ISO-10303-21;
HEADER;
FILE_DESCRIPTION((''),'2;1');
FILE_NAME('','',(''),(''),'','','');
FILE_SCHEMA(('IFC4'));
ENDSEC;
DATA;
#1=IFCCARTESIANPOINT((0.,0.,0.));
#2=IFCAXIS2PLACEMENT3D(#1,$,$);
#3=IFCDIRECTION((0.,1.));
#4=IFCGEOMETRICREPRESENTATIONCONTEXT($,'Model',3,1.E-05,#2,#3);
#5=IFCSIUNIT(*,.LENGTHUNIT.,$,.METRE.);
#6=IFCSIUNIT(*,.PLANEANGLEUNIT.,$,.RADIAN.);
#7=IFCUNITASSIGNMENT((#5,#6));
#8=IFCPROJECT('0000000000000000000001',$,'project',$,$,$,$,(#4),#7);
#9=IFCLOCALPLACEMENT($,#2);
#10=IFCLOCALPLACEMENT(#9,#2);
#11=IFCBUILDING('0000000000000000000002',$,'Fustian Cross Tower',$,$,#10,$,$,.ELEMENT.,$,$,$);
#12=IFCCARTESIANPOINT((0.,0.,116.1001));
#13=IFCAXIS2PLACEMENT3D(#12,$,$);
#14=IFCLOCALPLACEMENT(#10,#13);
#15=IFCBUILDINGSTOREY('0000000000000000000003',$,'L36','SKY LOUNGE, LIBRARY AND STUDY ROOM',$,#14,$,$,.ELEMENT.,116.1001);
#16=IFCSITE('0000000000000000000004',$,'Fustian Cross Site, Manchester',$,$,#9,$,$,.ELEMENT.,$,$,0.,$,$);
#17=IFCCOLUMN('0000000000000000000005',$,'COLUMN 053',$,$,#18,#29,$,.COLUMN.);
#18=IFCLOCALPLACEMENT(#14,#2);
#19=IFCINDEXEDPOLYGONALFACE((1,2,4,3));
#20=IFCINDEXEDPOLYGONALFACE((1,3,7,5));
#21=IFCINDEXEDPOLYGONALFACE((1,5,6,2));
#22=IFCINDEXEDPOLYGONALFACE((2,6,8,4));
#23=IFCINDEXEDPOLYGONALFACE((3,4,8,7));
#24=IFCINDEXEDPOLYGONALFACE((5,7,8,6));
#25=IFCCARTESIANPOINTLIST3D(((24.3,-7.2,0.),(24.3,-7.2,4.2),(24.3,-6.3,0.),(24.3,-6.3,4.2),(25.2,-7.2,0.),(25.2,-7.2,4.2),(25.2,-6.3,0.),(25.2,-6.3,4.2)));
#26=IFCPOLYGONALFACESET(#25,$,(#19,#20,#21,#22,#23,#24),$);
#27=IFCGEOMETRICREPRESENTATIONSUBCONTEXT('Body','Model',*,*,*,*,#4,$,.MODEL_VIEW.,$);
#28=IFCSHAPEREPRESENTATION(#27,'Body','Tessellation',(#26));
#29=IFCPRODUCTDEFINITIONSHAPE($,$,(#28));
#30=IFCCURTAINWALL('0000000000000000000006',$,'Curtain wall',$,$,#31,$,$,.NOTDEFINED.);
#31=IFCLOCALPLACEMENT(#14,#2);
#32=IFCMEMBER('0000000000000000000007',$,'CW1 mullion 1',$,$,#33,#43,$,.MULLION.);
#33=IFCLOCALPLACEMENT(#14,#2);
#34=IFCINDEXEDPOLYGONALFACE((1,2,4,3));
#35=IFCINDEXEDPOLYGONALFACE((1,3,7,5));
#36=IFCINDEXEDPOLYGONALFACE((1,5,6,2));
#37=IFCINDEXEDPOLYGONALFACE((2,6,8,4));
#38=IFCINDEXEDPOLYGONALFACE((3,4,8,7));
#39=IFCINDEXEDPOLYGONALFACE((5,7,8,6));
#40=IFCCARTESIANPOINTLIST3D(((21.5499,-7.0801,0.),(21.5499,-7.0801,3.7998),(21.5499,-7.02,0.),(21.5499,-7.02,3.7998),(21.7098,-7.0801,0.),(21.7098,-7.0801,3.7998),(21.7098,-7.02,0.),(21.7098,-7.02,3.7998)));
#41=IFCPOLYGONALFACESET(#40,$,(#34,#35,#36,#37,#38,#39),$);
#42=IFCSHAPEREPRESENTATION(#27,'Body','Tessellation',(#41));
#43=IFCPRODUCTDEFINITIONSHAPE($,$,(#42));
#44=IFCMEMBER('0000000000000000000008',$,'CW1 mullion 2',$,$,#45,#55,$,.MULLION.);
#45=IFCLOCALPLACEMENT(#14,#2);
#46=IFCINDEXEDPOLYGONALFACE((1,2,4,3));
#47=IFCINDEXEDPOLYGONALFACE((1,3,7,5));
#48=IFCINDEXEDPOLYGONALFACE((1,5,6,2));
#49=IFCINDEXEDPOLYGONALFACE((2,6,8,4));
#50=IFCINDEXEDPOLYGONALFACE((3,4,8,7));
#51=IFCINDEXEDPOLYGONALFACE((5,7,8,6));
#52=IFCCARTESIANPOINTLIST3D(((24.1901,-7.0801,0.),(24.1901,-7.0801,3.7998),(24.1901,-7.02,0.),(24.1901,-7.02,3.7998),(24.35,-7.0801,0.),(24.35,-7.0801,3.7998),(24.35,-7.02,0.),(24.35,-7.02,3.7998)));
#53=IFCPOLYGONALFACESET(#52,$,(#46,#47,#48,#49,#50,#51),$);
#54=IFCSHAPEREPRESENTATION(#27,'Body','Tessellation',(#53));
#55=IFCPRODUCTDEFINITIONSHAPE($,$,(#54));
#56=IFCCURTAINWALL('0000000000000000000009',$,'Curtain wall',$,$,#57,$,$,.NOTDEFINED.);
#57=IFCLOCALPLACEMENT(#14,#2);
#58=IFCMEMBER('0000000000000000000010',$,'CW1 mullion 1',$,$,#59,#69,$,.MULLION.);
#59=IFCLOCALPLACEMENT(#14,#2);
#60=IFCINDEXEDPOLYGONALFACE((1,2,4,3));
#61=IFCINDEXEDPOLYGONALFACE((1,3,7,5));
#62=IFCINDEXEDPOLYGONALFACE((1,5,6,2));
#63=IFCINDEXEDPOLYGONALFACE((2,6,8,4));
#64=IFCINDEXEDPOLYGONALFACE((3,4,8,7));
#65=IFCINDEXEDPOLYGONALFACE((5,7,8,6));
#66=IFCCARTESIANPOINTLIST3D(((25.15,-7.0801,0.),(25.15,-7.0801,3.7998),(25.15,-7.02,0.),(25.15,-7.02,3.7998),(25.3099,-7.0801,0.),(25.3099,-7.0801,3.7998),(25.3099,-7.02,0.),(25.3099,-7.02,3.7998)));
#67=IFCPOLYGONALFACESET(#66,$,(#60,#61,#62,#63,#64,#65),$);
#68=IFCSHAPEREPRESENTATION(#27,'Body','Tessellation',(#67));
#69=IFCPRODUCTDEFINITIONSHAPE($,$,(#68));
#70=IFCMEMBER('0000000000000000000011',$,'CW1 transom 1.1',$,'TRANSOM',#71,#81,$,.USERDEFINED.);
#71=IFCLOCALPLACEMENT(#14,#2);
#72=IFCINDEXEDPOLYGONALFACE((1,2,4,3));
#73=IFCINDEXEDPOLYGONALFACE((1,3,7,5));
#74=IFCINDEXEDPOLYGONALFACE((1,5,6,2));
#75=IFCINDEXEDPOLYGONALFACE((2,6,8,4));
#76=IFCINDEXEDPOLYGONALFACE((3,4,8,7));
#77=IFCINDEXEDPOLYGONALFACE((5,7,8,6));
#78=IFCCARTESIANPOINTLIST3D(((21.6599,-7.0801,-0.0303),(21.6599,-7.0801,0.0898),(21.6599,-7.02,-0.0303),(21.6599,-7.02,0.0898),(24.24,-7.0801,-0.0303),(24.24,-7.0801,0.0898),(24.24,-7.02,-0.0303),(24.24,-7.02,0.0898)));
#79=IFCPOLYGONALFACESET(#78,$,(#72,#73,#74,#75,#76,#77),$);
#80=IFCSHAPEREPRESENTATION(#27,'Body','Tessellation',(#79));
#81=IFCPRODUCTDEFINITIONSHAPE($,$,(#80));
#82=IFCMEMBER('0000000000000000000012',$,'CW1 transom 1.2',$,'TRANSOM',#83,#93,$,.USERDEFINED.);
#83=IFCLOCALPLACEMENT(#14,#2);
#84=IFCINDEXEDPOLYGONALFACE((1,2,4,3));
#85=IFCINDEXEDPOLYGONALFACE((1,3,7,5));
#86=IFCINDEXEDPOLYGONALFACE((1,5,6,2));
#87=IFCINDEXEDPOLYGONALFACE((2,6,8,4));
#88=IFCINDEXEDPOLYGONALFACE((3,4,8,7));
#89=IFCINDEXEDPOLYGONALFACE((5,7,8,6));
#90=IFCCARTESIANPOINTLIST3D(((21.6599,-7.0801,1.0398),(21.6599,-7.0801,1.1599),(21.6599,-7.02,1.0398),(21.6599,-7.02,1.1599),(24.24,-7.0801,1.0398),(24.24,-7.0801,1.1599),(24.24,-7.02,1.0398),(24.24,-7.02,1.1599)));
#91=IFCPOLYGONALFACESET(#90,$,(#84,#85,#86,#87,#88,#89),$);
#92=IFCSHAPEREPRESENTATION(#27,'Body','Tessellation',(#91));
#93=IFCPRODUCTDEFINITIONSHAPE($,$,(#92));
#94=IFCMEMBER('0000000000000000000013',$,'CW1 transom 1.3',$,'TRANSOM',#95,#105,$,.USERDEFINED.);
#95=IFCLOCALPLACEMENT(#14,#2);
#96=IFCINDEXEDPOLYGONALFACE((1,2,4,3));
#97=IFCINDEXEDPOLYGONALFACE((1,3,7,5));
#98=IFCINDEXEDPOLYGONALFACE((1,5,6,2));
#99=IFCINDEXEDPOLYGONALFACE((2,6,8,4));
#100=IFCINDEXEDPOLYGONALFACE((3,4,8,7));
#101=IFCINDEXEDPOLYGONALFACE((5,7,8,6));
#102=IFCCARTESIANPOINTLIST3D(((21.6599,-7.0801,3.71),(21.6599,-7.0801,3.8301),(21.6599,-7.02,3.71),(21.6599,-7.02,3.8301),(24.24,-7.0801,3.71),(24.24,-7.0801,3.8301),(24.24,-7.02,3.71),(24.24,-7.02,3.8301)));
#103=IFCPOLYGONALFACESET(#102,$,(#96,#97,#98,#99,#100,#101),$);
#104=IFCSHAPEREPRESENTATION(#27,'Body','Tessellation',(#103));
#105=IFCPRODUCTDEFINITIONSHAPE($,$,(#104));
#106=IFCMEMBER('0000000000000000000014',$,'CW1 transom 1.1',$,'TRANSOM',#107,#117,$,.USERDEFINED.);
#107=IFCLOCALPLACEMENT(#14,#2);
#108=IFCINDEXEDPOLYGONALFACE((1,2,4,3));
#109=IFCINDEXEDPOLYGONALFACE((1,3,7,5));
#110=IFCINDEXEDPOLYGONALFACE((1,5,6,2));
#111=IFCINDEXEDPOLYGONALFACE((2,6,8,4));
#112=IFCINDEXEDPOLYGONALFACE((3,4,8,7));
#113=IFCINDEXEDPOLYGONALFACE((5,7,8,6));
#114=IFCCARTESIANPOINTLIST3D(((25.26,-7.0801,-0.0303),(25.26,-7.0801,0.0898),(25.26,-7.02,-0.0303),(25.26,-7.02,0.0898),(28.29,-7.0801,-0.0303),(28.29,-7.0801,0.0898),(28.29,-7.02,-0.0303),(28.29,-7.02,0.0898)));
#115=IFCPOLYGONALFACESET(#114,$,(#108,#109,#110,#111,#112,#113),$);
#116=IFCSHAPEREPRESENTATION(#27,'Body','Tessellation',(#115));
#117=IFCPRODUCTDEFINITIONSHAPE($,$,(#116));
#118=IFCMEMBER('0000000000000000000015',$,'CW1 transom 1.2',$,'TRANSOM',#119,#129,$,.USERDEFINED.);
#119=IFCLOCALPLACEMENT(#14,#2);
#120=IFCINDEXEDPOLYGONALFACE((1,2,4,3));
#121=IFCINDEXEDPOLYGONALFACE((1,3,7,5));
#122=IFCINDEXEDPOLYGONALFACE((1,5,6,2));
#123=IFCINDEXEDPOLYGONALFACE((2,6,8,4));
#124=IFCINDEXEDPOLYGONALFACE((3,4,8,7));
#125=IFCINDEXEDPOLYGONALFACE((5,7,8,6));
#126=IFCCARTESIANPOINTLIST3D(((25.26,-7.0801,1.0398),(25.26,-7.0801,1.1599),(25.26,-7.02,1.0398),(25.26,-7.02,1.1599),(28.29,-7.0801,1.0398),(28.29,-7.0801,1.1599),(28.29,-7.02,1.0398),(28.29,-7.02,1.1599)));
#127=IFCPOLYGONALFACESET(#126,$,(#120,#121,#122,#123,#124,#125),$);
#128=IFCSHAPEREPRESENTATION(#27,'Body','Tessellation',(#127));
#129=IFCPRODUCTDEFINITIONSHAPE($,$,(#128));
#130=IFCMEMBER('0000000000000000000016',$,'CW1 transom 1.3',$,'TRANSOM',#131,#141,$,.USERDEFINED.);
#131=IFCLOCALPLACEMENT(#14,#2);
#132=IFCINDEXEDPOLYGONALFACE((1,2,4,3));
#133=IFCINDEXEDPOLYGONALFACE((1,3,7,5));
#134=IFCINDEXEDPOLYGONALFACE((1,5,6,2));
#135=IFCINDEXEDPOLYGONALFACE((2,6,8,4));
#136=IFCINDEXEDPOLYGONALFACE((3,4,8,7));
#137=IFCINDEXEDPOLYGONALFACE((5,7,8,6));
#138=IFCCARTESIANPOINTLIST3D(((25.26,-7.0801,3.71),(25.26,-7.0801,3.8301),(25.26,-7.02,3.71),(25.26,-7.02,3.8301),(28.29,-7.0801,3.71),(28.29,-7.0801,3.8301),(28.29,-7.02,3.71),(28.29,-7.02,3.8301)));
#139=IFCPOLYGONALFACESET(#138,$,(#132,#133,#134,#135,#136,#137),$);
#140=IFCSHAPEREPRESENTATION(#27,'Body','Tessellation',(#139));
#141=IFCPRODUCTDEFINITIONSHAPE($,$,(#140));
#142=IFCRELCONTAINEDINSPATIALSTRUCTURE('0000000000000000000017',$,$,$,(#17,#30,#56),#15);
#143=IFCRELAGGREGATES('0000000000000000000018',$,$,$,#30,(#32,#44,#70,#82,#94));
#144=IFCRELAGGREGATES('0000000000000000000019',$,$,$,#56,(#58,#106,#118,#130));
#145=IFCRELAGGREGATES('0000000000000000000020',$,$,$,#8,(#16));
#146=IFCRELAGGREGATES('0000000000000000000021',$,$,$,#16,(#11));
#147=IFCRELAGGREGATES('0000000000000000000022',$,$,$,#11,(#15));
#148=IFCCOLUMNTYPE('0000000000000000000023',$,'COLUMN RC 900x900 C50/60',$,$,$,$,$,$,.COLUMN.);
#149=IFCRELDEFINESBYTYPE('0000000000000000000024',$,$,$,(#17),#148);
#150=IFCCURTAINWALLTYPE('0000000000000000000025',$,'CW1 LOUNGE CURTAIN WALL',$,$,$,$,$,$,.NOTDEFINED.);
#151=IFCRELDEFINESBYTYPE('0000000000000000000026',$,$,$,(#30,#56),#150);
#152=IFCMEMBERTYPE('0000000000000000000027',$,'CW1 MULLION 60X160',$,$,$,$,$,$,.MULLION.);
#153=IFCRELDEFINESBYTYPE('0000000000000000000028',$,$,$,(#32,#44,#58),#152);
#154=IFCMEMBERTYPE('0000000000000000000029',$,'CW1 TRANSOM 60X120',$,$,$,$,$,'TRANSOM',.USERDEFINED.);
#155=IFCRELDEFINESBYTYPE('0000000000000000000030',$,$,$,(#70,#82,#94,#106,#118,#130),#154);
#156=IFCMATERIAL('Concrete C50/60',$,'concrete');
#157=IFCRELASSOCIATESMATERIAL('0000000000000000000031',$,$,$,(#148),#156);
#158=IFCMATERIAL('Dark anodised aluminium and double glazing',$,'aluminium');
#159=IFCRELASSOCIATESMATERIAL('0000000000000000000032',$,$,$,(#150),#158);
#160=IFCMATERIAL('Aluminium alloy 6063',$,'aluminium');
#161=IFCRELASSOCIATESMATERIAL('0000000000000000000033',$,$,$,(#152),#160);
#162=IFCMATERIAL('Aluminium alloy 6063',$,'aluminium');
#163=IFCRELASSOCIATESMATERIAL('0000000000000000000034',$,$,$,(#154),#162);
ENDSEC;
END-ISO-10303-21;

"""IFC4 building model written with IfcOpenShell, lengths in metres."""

from ifc_helpers import new_model, si_unit, direction, frame, origin, origin_2d, place, context, subcontext, project, spatial, rectangle, extrude, material, material_profile, profile_set, type_object, element, aggregate, save


model = new_model("IFC4")

# Units and contexts
model_context = context("Model", 3, precision=1e-05, world=origin(), true_north=direction((0.0, 1.0)))
body_context = subcontext(model_context, "Body", "Model", "MODEL_VIEW")
ifc_project = project(units=[si_unit("LENGTHUNIT", "METRE"), si_unit("PLANEANGLEUNIT", "RADIAN")], contexts=[model_context])

# Site, building, storey
site_placement = place(None, origin())
site = spatial("IfcSite", under=ifc_project, at=site_placement, Name="Fustian Cross Site, Manchester", CompositionType="ELEMENT", RefElevation=0.0)
building_placement = place(site_placement, origin())
building = spatial("IfcBuilding", under=site, at=building_placement, Name="Fustian Cross Tower", CompositionType="ELEMENT")
storey_placement = place(building_placement, frame((0.0, 0.0, 116.1001)))
storey = spatial("IfcBuildingStorey", under=building, at=storey_placement, Name="L36", Description="SKY LOUNGE, LIBRARY AND STUDY ROOM", CompositionType="ELEMENT", Elevation=116.1001)

# Column
ifc_material_1 = material(Name="Concrete C50/60", Category="concrete")
ifc_material_profile_1 = material_profile(ifc_material_1, rectangle(XDim=0.8999, YDim=0.8999, at=origin_2d()), Name="RC 900x900")
ifc_profile_set_1 = profile_set([ifc_material_profile_1], Name="Concrete C50/60")
column_type = type_object("IfcColumnType", Name="COLUMN RC 900x900 C50/60", PredefinedType="COLUMN", material=ifc_profile_set_1)
column_placement = place(storey_placement, frame((24.75, -6.75, 0.0), z_axis=(0.0, 0.0, 1.0), x_axis=(1.0, 0.0, 0.0)))
element("IfcColumn", 1, at=column_placement, inside=storey, type_object=column_type, Name="COLUMN 053", PredefinedType="COLUMN", context=body_context, shape_type="SweptSolid", body=[
    extrude(rectangle(XDim=0.8999, YDim=0.8999, at=origin_2d()), origin(), (0.0, 0.0, 1.0), 4.2),
])

# Curtain wall, members
ifc_material_2 = material(Name="Dark anodised aluminium and double glazing", Category="aluminium")
curtain_wall_type = type_object("IfcCurtainWallType", Name="CW1 LOUNGE CURTAIN WALL", PredefinedType="NOTDEFINED", material=ifc_material_2)
curtain_wall_1_placement = place(storey_placement, origin())
curtain_wall_1 = element("IfcCurtainWall", 2, at=curtain_wall_1_placement, inside=storey, type_object=curtain_wall_type, Name="Curtain wall", PredefinedType="NOTDEFINED")
ifc_material_3 = material(Name="Aluminium alloy 6063", Category="aluminium")
ifc_material_profile_2 = material_profile(ifc_material_3, rectangle(XDim=0.0601, YDim=0.1599, at=origin_2d()), Name="CW1 MULLION 60X160")
ifc_profile_set_2 = profile_set([ifc_material_profile_2], Name="Aluminium alloy 6063")
member_type_1 = type_object("IfcMemberType", Name="CW1 MULLION 60X160", PredefinedType="MULLION", material=ifc_profile_set_2)
member_1_placement = place(storey_placement, frame((21.6299, -7.05, 0.0), z_axis=(0.0, 0.0, 1.0), x_axis=(0.0, 1.0, 0.0)))
member_1 = element("IfcMember", 3, at=member_1_placement, type_object=member_type_1, Name="CW1 mullion 1", PredefinedType="MULLION", context=body_context, shape_type="SweptSolid", body=[
    extrude(rectangle(XDim=0.0601, YDim=0.1599, at=origin_2d()), origin(), (0.0, 0.0, 1.0), 3.7998),
])
member_2_placement = place(storey_placement, frame((24.27, -7.05, 0.0), z_axis=(0.0, 0.0, 1.0), x_axis=(0.0, 1.0, 0.0)))
member_2 = element("IfcMember", 4, at=member_2_placement, type_object=member_type_1, Name="CW1 mullion 2", PredefinedType="MULLION", context=body_context, shape_type="SweptSolid", body=[
    extrude(rectangle(XDim=0.0601, YDim=0.1599, at=origin_2d()), origin(), (0.0, 0.0, 1.0), 3.7998),
])

# Curtain wall, member
curtain_wall_2_placement = place(storey_placement, origin())
curtain_wall_2 = element("IfcCurtainWall", 5, at=curtain_wall_2_placement, inside=storey, type_object=curtain_wall_type, Name="Curtain wall", PredefinedType="NOTDEFINED")
member_3_placement = place(storey_placement, frame((25.23, -7.05, 0.0), z_axis=(0.0, 0.0, 1.0), x_axis=(0.0, 1.0, 0.0)))
member_3 = element("IfcMember", 6, at=member_3_placement, type_object=member_type_1, Name="CW1 mullion 1", PredefinedType="MULLION", context=body_context, shape_type="SweptSolid", body=[
    extrude(rectangle(XDim=0.0601, YDim=0.1599, at=origin_2d()), origin(), (0.0, 0.0, 1.0), 3.7998),
])

# Members
ifc_material_4 = material(Name="Aluminium alloy 6063", Category="aluminium")
ifc_material_profile_3 = material_profile(ifc_material_4, rectangle(XDim=0.0601, YDim=0.1201, at=origin_2d()), Name="CW1 TRANSOM 60X120")
ifc_profile_set_3 = profile_set([ifc_material_profile_3], Name="Aluminium alloy 6063")
member_type_2 = type_object("IfcMemberType", Name="CW1 TRANSOM 60X120", ElementType="TRANSOM", PredefinedType="USERDEFINED", material=ifc_profile_set_3)
member_4_placement = place(storey_placement, frame((21.6599, -7.05, 0.0298), z_axis=(1.0, 0.0, 0.0), x_axis=(0.0, 1.0, 0.0)))
member_4 = element("IfcMember", 7, at=member_4_placement, type_object=member_type_2, Name="CW1 transom 1.1", ObjectType="TRANSOM", PredefinedType="USERDEFINED", context=body_context, shape_type="SweptSolid", body=[
    extrude(rectangle(XDim=0.0601, YDim=0.1201, at=origin_2d()), origin(), (0.0, 0.0, 1.0), 2.5801),
])
member_5_placement = place(storey_placement, frame((21.6599, -7.05, 1.0999), z_axis=(1.0, 0.0, 0.0), x_axis=(0.0, 1.0, 0.0)))
member_5 = element("IfcMember", 8, at=member_5_placement, type_object=member_type_2, Name="CW1 transom 1.2", ObjectType="TRANSOM", PredefinedType="USERDEFINED", context=body_context, shape_type="SweptSolid", body=[
    extrude(rectangle(XDim=0.0601, YDim=0.1201, at=origin_2d()), origin(), (0.0, 0.0, 1.0), 2.5801),
])
member_6_placement = place(storey_placement, frame((21.6599, -7.05, 3.77), z_axis=(1.0, 0.0, 0.0), x_axis=(0.0, 1.0, 0.0)))
member_6 = element("IfcMember", 9, at=member_6_placement, type_object=member_type_2, Name="CW1 transom 1.3", ObjectType="TRANSOM", PredefinedType="USERDEFINED", context=body_context, shape_type="SweptSolid", body=[
    extrude(rectangle(XDim=0.0601, YDim=0.1201, at=origin_2d()), origin(), (0.0, 0.0, 1.0), 2.5801),
])
member_7_placement = place(storey_placement, frame((25.26, -7.05, 0.0298), z_axis=(1.0, 0.0, 0.0), x_axis=(0.0, 1.0, 0.0)))
member_7 = element("IfcMember", 10, at=member_7_placement, type_object=member_type_2, Name="CW1 transom 1.1", ObjectType="TRANSOM", PredefinedType="USERDEFINED", context=body_context, shape_type="SweptSolid", body=[
    extrude(rectangle(XDim=0.0601, YDim=0.1201, at=origin_2d()), origin(), (0.0, 0.0, 1.0), 3.03),
])
member_8_placement = place(storey_placement, frame((25.26, -7.05, 1.0999), z_axis=(1.0, 0.0, 0.0), x_axis=(0.0, 1.0, 0.0)))
member_8 = element("IfcMember", 11, at=member_8_placement, type_object=member_type_2, Name="CW1 transom 1.2", ObjectType="TRANSOM", PredefinedType="USERDEFINED", context=body_context, shape_type="SweptSolid", body=[
    extrude(rectangle(XDim=0.0601, YDim=0.1201, at=origin_2d()), origin(), (0.0, 0.0, 1.0), 3.03),
])
member_9_placement = place(storey_placement, frame((25.26, -7.05, 3.77), z_axis=(1.0, 0.0, 0.0), x_axis=(0.0, 1.0, 0.0)))
member_9 = element("IfcMember", 12, at=member_9_placement, type_object=member_type_2, Name="CW1 transom 1.3", ObjectType="TRANSOM", PredefinedType="USERDEFINED", context=body_context, shape_type="SweptSolid", body=[
    extrude(rectangle(XDim=0.0601, YDim=0.1201, at=origin_2d()), origin(), (0.0, 0.0, 1.0), 3.03),
])

aggregate(curtain_wall_1, [member_1, member_2, member_4, member_5, member_6])
aggregate(curtain_wall_2, [member_3, member_7, member_8, member_9])

save(model, "model.ifc")
